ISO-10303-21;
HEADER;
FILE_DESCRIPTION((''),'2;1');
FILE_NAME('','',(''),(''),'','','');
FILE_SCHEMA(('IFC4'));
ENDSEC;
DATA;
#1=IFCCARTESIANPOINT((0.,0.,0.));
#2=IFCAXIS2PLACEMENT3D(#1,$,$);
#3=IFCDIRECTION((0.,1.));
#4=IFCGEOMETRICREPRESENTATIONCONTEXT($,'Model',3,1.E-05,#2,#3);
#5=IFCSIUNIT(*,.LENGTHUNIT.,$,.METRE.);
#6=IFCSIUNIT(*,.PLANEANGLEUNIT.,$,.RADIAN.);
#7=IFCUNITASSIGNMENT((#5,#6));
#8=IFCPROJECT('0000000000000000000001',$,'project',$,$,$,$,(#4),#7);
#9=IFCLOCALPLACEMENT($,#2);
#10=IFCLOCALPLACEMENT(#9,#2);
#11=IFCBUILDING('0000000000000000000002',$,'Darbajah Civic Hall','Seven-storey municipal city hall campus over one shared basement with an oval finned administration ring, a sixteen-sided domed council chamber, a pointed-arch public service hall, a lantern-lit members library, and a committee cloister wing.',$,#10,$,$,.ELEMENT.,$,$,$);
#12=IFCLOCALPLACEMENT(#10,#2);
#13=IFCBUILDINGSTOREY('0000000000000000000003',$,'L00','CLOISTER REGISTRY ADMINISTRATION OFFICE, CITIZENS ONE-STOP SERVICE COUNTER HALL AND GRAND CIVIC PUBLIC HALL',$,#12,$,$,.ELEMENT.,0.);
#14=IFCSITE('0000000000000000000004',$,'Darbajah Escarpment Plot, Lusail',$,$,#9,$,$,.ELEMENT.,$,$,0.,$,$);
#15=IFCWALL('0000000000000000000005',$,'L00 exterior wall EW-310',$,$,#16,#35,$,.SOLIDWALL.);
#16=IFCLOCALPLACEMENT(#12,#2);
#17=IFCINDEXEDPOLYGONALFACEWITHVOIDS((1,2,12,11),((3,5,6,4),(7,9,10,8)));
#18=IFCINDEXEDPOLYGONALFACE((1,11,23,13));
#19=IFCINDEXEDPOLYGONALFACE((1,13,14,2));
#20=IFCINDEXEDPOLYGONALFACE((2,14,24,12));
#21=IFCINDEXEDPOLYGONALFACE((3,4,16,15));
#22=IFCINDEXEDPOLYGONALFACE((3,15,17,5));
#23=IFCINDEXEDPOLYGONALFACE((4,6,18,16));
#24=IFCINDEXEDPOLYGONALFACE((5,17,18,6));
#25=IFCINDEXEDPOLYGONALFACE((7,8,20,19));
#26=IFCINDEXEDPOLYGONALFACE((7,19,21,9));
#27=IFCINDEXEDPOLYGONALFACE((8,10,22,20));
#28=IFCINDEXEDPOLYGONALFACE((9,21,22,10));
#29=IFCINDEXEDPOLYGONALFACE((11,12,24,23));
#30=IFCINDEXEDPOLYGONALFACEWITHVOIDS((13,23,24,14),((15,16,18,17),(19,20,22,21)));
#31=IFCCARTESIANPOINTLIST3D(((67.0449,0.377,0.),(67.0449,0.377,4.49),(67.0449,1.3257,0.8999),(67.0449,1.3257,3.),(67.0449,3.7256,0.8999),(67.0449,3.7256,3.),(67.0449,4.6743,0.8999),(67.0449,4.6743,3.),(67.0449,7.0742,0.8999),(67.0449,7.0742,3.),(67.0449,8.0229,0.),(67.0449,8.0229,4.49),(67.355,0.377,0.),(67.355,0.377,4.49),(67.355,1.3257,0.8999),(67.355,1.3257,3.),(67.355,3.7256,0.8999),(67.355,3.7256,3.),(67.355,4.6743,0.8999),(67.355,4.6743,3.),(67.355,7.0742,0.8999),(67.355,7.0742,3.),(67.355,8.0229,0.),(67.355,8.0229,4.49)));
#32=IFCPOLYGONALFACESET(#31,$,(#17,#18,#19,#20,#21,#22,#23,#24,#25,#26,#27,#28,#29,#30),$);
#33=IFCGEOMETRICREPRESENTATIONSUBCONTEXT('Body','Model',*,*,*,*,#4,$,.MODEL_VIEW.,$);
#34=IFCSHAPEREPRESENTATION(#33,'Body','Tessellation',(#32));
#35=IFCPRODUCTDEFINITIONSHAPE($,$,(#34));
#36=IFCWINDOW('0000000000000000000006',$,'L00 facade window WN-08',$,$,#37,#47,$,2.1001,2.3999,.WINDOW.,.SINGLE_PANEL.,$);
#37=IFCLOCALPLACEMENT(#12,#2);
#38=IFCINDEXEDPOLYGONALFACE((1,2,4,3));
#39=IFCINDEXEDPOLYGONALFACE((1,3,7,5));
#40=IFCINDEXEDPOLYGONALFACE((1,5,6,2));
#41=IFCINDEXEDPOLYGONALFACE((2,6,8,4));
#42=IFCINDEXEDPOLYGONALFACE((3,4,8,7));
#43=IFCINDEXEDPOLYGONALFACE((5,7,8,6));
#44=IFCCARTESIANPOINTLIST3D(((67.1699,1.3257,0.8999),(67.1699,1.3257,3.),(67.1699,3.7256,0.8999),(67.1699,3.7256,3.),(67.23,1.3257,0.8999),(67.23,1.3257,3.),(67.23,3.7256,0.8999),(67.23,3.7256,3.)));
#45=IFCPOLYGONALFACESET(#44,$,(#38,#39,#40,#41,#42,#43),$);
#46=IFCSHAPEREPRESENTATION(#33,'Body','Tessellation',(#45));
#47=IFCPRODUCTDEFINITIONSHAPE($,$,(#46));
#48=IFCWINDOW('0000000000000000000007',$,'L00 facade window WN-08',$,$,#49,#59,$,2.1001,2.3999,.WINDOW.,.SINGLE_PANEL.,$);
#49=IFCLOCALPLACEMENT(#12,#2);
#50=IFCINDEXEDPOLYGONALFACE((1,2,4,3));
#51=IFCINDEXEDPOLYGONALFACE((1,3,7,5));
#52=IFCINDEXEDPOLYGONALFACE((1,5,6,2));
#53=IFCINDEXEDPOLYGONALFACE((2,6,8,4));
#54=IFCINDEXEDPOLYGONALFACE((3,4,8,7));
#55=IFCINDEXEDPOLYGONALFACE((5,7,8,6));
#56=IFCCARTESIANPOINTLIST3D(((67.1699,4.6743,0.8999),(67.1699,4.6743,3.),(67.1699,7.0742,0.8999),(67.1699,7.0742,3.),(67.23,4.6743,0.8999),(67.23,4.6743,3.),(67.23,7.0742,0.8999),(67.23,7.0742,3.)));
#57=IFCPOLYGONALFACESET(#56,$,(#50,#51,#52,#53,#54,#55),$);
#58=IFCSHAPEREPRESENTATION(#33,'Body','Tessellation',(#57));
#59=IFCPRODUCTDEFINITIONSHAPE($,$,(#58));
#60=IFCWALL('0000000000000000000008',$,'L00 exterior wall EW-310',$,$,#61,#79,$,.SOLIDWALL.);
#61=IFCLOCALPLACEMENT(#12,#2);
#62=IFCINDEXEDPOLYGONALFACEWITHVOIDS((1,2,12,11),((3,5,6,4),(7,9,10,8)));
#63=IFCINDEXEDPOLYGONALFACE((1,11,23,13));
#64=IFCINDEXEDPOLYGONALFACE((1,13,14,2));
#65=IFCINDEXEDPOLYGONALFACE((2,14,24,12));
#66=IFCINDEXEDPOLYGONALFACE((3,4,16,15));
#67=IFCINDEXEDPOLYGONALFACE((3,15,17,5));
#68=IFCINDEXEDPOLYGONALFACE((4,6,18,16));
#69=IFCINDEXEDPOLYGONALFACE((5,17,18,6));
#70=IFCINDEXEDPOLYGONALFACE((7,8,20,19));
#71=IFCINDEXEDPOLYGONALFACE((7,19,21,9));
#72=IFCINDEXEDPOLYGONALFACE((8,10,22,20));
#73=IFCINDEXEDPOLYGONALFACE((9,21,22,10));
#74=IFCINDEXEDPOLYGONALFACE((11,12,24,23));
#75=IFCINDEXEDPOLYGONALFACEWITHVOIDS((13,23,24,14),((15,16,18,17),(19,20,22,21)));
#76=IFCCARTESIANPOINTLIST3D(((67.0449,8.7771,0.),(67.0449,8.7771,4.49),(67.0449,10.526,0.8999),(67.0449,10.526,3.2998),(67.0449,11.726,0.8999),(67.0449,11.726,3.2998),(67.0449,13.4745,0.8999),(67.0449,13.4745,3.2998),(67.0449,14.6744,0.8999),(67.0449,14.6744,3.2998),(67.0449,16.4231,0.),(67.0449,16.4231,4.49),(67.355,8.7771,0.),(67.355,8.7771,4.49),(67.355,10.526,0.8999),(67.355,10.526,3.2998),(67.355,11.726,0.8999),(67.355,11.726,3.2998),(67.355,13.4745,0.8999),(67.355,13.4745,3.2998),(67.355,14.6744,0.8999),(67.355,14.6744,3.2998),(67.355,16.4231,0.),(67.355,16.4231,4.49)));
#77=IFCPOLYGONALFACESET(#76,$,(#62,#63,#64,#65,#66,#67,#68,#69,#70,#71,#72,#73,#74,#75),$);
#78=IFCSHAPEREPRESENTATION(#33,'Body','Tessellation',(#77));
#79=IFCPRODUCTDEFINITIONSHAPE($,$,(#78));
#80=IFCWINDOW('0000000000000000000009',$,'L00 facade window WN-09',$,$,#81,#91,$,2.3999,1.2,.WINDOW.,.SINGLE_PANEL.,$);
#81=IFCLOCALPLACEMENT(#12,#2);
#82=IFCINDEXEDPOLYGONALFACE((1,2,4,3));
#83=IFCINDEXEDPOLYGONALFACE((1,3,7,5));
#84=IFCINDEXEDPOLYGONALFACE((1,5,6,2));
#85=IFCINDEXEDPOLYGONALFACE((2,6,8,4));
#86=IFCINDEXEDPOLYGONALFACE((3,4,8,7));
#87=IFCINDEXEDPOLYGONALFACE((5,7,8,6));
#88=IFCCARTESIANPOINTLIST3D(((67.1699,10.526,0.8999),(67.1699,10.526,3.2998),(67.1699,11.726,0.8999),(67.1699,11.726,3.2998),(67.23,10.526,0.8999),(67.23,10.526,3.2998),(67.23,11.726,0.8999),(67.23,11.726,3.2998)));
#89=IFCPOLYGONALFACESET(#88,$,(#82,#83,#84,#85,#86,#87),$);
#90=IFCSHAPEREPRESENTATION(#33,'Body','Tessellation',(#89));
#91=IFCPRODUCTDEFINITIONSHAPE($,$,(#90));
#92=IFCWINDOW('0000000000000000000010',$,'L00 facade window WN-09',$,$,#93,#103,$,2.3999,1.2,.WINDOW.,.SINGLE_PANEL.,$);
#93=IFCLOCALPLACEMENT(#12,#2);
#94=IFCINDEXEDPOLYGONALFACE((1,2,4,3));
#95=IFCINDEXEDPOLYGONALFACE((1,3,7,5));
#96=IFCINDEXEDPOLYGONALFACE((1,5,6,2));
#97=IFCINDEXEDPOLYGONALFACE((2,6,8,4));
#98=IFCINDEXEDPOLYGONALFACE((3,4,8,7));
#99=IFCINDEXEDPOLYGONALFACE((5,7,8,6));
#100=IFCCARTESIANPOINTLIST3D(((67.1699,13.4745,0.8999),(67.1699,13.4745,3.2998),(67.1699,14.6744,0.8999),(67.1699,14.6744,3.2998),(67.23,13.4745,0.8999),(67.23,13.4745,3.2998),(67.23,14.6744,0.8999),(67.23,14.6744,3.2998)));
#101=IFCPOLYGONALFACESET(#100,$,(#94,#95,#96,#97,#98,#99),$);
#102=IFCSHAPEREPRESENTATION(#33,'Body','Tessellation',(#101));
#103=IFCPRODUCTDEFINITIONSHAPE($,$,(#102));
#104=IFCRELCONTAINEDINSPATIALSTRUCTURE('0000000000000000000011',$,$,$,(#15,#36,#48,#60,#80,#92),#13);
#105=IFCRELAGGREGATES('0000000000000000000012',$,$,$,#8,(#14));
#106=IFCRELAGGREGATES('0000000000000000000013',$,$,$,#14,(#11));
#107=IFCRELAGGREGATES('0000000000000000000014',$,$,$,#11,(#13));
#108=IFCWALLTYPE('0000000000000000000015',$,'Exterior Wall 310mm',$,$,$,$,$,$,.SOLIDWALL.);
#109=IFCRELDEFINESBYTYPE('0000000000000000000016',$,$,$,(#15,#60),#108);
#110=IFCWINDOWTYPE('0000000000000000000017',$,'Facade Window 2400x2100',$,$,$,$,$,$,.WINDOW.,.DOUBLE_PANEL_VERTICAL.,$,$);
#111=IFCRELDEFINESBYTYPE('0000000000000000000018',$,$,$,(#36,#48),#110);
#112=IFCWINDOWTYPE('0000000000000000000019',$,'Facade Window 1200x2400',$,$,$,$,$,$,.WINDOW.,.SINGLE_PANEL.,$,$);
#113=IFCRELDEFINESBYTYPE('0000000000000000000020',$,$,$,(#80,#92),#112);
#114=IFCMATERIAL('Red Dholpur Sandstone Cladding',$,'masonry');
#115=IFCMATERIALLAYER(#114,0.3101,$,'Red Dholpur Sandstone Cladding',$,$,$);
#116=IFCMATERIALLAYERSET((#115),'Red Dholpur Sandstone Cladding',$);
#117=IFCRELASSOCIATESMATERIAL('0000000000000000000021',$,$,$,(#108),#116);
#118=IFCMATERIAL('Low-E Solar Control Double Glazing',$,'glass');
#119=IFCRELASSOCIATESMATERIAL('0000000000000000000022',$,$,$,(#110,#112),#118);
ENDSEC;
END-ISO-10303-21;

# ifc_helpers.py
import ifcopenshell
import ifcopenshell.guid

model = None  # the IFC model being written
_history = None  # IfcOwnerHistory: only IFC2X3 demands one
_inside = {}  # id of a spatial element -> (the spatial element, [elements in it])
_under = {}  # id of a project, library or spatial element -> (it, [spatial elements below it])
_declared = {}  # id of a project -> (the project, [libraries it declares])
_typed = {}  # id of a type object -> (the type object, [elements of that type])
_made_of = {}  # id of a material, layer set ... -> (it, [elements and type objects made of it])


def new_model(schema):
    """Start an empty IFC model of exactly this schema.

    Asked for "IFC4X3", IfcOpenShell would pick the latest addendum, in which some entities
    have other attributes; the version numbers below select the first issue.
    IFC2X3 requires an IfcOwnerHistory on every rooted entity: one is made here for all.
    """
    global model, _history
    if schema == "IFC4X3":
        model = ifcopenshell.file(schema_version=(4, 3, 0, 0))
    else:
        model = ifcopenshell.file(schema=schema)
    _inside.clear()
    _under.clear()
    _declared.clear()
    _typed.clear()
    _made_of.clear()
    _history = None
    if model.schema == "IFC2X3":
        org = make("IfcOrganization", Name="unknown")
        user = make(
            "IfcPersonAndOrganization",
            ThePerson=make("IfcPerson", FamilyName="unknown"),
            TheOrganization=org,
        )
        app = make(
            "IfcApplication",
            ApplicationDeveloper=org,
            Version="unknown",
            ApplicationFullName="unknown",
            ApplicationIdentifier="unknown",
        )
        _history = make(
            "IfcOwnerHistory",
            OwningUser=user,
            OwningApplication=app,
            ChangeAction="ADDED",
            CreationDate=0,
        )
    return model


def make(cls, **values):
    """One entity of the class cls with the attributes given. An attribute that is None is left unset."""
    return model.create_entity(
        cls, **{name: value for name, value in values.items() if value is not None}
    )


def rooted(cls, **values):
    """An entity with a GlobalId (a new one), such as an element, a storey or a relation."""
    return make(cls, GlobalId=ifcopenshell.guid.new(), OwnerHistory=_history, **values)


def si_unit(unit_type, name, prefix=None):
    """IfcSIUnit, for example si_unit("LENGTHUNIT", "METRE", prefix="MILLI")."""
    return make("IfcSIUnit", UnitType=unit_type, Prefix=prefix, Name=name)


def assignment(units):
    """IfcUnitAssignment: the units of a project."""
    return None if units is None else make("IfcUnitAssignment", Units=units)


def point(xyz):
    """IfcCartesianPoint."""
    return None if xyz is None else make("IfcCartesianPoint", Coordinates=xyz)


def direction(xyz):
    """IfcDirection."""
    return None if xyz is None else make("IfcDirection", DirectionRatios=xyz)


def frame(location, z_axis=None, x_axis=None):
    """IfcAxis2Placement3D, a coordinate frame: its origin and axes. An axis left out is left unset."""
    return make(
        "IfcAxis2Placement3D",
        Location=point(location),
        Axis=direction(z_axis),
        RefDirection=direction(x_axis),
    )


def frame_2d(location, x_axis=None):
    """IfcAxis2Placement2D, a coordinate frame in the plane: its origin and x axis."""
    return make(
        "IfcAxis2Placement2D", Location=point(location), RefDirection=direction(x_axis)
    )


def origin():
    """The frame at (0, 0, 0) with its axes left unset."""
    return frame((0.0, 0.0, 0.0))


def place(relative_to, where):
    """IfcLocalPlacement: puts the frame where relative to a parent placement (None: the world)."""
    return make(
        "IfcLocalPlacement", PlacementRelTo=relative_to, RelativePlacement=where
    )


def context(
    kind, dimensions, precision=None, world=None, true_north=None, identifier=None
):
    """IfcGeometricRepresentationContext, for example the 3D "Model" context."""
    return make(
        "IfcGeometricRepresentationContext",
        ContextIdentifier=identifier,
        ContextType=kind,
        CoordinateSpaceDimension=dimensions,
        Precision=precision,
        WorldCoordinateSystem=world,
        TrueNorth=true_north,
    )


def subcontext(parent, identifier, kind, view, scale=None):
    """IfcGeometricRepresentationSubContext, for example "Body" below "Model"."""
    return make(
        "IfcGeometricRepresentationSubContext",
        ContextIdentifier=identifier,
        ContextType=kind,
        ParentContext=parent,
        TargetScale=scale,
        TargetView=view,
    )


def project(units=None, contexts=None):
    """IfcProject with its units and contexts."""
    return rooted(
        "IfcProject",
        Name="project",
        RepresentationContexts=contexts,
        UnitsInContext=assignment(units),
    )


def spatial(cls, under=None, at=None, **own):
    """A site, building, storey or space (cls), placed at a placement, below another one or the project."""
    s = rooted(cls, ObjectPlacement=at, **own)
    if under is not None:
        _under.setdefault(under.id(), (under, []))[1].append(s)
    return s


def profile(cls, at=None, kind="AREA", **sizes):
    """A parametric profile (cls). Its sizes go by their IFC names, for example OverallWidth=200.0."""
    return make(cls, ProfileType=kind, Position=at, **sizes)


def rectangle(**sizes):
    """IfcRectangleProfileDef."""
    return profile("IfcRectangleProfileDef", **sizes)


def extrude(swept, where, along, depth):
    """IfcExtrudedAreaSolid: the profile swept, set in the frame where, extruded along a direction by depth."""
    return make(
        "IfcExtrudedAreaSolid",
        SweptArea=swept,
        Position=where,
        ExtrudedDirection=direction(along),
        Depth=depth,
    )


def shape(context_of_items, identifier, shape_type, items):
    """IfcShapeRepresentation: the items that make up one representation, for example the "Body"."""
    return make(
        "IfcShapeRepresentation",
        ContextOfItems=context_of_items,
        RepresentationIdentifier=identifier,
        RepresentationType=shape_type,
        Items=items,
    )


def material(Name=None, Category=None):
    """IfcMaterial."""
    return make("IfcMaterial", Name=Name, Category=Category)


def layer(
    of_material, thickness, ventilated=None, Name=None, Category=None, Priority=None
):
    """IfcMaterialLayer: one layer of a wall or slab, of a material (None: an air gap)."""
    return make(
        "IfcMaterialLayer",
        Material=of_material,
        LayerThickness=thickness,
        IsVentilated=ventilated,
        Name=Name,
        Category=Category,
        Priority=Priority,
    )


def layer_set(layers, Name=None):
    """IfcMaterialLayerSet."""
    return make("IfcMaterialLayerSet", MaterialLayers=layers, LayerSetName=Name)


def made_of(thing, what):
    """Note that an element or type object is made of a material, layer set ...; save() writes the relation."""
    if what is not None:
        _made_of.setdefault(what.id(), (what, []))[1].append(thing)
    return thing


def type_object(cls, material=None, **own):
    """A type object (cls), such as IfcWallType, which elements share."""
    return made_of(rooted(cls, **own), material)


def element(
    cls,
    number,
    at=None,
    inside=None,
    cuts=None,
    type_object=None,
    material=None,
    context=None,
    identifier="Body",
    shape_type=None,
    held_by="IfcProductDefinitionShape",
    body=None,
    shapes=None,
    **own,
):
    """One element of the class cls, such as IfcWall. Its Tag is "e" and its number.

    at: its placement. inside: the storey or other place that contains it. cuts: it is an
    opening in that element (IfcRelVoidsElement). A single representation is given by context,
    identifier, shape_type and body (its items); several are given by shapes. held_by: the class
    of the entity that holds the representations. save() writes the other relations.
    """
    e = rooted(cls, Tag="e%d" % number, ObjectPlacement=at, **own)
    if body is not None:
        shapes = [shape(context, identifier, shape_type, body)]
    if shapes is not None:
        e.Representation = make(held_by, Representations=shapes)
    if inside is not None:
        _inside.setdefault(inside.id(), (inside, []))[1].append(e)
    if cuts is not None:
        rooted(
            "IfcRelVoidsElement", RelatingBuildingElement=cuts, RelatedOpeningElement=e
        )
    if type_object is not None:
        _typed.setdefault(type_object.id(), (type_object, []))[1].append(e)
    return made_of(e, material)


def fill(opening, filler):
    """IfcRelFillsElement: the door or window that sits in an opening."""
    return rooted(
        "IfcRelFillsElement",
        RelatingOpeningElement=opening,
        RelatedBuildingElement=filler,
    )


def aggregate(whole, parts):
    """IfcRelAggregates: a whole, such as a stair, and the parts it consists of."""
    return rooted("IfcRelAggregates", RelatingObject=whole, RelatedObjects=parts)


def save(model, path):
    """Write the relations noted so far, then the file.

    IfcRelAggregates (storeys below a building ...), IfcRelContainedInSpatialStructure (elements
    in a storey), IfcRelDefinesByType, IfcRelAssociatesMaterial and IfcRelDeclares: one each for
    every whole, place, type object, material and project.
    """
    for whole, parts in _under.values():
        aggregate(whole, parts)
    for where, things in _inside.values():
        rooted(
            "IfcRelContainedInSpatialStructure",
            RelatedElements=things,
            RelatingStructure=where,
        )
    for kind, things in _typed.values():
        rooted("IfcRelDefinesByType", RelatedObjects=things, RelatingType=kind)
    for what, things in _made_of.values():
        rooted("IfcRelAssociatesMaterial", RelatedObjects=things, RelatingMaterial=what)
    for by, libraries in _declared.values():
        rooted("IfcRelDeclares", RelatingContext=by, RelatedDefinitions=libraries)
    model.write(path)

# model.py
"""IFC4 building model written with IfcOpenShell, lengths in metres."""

from ifc_helpers import new_model, si_unit, direction, frame, frame_2d, origin, place, context, subcontext, project, spatial, rectangle, extrude, material, layer, layer_set, type_object, element, fill, save


model = new_model("IFC4")

# Units and contexts
model_context = context("Model", 3, precision=1e-05, world=origin(), true_north=direction((0.0, 1.0)))
body_context = subcontext(model_context, "Body", "Model", "MODEL_VIEW")
ifc_project = project(units=[si_unit("LENGTHUNIT", "METRE"), si_unit("PLANEANGLEUNIT", "RADIAN")], contexts=[model_context])

# Site, building, storey
site_placement = place(None, origin())
site = spatial("IfcSite", under=ifc_project, at=site_placement, Name="Darbajah Escarpment Plot, Lusail", CompositionType="ELEMENT", RefElevation=0.0)
building_placement = place(site_placement, origin())
building = spatial("IfcBuilding", under=site, at=building_placement, Name="Darbajah Civic Hall", Description="Seven-storey municipal city hall campus over one shared basement with an oval finned administration ring, a sixteen-sided domed council chamber, a pointed-arch public service hall, a lantern-lit members library, and a committee cloister wing.", CompositionType="ELEMENT")
storey_placement = place(building_placement, origin())
storey = spatial("IfcBuildingStorey", under=building, at=storey_placement, Name="L00", Description="CLOISTER REGISTRY ADMINISTRATION OFFICE, CITIZENS ONE-STOP SERVICE COUNTER HALL AND GRAND CIVIC PUBLIC HALL", CompositionType="ELEMENT", Elevation=0.0)

# Walls, openings, windows
ifc_material_1 = material(Name="Red Dholpur Sandstone Cladding", Category="masonry")
ifc_layer_1 = layer(ifc_material_1, 0.3101, Name="Red Dholpur Sandstone Cladding")
ifc_layer_set_1 = layer_set([ifc_layer_1], Name="Red Dholpur Sandstone Cladding")
wall_type = type_object("IfcWallType", Name="Exterior Wall 310mm", PredefinedType="SOLIDWALL", material=ifc_layer_set_1)
ifc_material_2 = material(Name="Low-E Solar Control Double Glazing", Category="glass")
wall_1_placement = place(storey_placement, frame((67.2, 0.377, 0.0), z_axis=(0.0, 0.0, 1.0), x_axis=(0.0, 1.0, 0.0)))
wall_1 = element("IfcWall", 1, at=wall_1_placement, inside=storey, type_object=wall_type, Name="L00 exterior wall EW-310", PredefinedType="SOLIDWALL", context=body_context, shape_type="SweptSolid", body=[
    extrude(rectangle(XDim=7.646, YDim=0.3101, at=frame_2d((3.823, 0.0))), origin(), (0.0, 0.0, 1.0), 4.49),
])
opening_1_placement = place(wall_1_placement, frame((0.9487, 0.0, 0.8999)))
opening_1 = element("IfcOpeningElement", 2, at=opening_1_placement, cuts=wall_1, PredefinedType="OPENING", context=body_context, shape_type="SweptSolid", body=[
    extrude(rectangle(XDim=2.3999, YDim=2.1001, at=frame_2d((1.2, 1.05))), frame((0.0, 0.165, 0.0), z_axis=(0.0, -1.0, 0.0), x_axis=(1.0, 0.0, 0.0)), (0.0, 0.0, 1.0), 0.3301),
])
opening_2_placement = place(wall_1_placement, frame((4.2974, 0.0, 0.8999)))
opening_2 = element("IfcOpeningElement", 3, at=opening_2_placement, cuts=wall_1, PredefinedType="OPENING", context=body_context, shape_type="SweptSolid", body=[
    extrude(rectangle(XDim=2.3999, YDim=2.1001, at=frame_2d((1.2, 1.05))), frame((0.0, 0.165, 0.0), z_axis=(0.0, -1.0, 0.0), x_axis=(1.0, 0.0, 0.0)), (0.0, 0.0, 1.0), 0.3301),
])
window_type_1 = type_object("IfcWindowType", Name="Facade Window 2400x2100", PartitioningType="DOUBLE_PANEL_VERTICAL", PredefinedType="WINDOW", material=ifc_material_2)
window_1_placement = place(opening_1_placement, origin())
window_1 = element("IfcWindow", 4, at=window_1_placement, inside=storey, type_object=window_type_1, Name="L00 facade window WN-08", OverallHeight=2.1001, OverallWidth=2.3999, PartitioningType="SINGLE_PANEL", PredefinedType="WINDOW", context=body_context, shape_type="SweptSolid", body=[
    extrude(rectangle(XDim=2.3999, YDim=2.1001, at=frame_2d((1.2, 1.05))), frame((0.0, 0.03, 0.0), z_axis=(0.0, -1.0, 0.0), x_axis=(1.0, 0.0, 0.0)), (0.0, 0.0, 1.0), 0.0601),
])
fill(opening_1, window_1)
window_2_placement = place(opening_2_placement, origin())
window_2 = element("IfcWindow", 5, at=window_2_placement, inside=storey, type_object=window_type_1, Name="L00 facade window WN-08", OverallHeight=2.1001, OverallWidth=2.3999, PartitioningType="SINGLE_PANEL", PredefinedType="WINDOW", context=body_context, shape_type="SweptSolid", body=[
    extrude(rectangle(XDim=2.3999, YDim=2.1001, at=frame_2d((1.2, 1.05))), frame((0.0, 0.03, 0.0), z_axis=(0.0, -1.0, 0.0), x_axis=(1.0, 0.0, 0.0)), (0.0, 0.0, 1.0), 0.0601),
])
fill(opening_2, window_2)
wall_2_placement = place(storey_placement, frame((67.2, 8.7771, 0.0), z_axis=(0.0, 0.0, 1.0), x_axis=(0.0, 1.0, 0.0)))
wall_2 = element("IfcWall", 6, at=wall_2_placement, inside=storey, type_object=wall_type, Name="L00 exterior wall EW-310", PredefinedType="SOLIDWALL", context=body_context, shape_type="SweptSolid", body=[
    extrude(rectangle(XDim=7.646, YDim=0.3101, at=frame_2d((3.823, 0.0))), origin(), (0.0, 0.0, 1.0), 4.49),
])
opening_3_placement = place(wall_2_placement, frame((1.7488, 0.0, 0.8999)))
opening_3 = element("IfcOpeningElement", 7, at=opening_3_placement, cuts=wall_2, PredefinedType="OPENING", context=body_context, shape_type="SweptSolid", body=[
    extrude(rectangle(XDim=1.2, YDim=2.3999, at=frame_2d((0.6001, 1.2))), frame((0.0, 0.165, 0.0), z_axis=(0.0, -1.0, 0.0), x_axis=(1.0, 0.0, 0.0)), (0.0, 0.0, 1.0), 0.3301),
])
opening_4_placement = place(wall_2_placement, frame((4.6973, 0.0, 0.8999)))
opening_4 = element("IfcOpeningElement", 8, at=opening_4_placement, cuts=wall_2, PredefinedType="OPENING", context=body_context, shape_type="SweptSolid", body=[
    extrude(rectangle(XDim=1.2, YDim=2.3999, at=frame_2d((0.6001, 1.2))), frame((0.0, 0.165, 0.0), z_axis=(0.0, -1.0, 0.0), x_axis=(1.0, 0.0, 0.0)), (0.0, 0.0, 1.0), 0.3301),
])
window_type_2 = type_object("IfcWindowType", Name="Facade Window 1200x2400", PartitioningType="SINGLE_PANEL", PredefinedType="WINDOW", material=ifc_material_2)
window_3_placement = place(opening_3_placement, origin())
window_3 = element("IfcWindow", 9, at=window_3_placement, inside=storey, type_object=window_type_2, Name="L00 facade window WN-09", OverallHeight=2.3999, OverallWidth=1.2, PartitioningType="SINGLE_PANEL", PredefinedType="WINDOW", context=body_context, shape_type="SweptSolid", body=[
    extrude(rectangle(XDim=1.2, YDim=2.3999, at=frame_2d((0.6001, 1.2))), frame((0.0, 0.03, 0.0), z_axis=(0.0, -1.0, 0.0), x_axis=(1.0, 0.0, 0.0)), (0.0, 0.0, 1.0), 0.0601),
])
fill(opening_3, window_3)
window_4_placement = place(opening_4_placement, origin())
window_4 = element("IfcWindow", 10, at=window_4_placement, inside=storey, type_object=window_type_2, Name="L00 facade window WN-09", OverallHeight=2.3999, OverallWidth=1.2, PartitioningType="SINGLE_PANEL", PredefinedType="WINDOW", context=body_context, shape_type="SweptSolid", body=[
    extrude(rectangle(XDim=1.2, YDim=2.3999, at=frame_2d((0.6001, 1.2))), frame((0.0, 0.03, 0.0), z_axis=(0.0, -1.0, 0.0), x_axis=(1.0, 0.0, 0.0)), (0.0, 0.0, 1.0), 0.0601),
])
fill(opening_4, window_4)

save(model, "model.ifc")
